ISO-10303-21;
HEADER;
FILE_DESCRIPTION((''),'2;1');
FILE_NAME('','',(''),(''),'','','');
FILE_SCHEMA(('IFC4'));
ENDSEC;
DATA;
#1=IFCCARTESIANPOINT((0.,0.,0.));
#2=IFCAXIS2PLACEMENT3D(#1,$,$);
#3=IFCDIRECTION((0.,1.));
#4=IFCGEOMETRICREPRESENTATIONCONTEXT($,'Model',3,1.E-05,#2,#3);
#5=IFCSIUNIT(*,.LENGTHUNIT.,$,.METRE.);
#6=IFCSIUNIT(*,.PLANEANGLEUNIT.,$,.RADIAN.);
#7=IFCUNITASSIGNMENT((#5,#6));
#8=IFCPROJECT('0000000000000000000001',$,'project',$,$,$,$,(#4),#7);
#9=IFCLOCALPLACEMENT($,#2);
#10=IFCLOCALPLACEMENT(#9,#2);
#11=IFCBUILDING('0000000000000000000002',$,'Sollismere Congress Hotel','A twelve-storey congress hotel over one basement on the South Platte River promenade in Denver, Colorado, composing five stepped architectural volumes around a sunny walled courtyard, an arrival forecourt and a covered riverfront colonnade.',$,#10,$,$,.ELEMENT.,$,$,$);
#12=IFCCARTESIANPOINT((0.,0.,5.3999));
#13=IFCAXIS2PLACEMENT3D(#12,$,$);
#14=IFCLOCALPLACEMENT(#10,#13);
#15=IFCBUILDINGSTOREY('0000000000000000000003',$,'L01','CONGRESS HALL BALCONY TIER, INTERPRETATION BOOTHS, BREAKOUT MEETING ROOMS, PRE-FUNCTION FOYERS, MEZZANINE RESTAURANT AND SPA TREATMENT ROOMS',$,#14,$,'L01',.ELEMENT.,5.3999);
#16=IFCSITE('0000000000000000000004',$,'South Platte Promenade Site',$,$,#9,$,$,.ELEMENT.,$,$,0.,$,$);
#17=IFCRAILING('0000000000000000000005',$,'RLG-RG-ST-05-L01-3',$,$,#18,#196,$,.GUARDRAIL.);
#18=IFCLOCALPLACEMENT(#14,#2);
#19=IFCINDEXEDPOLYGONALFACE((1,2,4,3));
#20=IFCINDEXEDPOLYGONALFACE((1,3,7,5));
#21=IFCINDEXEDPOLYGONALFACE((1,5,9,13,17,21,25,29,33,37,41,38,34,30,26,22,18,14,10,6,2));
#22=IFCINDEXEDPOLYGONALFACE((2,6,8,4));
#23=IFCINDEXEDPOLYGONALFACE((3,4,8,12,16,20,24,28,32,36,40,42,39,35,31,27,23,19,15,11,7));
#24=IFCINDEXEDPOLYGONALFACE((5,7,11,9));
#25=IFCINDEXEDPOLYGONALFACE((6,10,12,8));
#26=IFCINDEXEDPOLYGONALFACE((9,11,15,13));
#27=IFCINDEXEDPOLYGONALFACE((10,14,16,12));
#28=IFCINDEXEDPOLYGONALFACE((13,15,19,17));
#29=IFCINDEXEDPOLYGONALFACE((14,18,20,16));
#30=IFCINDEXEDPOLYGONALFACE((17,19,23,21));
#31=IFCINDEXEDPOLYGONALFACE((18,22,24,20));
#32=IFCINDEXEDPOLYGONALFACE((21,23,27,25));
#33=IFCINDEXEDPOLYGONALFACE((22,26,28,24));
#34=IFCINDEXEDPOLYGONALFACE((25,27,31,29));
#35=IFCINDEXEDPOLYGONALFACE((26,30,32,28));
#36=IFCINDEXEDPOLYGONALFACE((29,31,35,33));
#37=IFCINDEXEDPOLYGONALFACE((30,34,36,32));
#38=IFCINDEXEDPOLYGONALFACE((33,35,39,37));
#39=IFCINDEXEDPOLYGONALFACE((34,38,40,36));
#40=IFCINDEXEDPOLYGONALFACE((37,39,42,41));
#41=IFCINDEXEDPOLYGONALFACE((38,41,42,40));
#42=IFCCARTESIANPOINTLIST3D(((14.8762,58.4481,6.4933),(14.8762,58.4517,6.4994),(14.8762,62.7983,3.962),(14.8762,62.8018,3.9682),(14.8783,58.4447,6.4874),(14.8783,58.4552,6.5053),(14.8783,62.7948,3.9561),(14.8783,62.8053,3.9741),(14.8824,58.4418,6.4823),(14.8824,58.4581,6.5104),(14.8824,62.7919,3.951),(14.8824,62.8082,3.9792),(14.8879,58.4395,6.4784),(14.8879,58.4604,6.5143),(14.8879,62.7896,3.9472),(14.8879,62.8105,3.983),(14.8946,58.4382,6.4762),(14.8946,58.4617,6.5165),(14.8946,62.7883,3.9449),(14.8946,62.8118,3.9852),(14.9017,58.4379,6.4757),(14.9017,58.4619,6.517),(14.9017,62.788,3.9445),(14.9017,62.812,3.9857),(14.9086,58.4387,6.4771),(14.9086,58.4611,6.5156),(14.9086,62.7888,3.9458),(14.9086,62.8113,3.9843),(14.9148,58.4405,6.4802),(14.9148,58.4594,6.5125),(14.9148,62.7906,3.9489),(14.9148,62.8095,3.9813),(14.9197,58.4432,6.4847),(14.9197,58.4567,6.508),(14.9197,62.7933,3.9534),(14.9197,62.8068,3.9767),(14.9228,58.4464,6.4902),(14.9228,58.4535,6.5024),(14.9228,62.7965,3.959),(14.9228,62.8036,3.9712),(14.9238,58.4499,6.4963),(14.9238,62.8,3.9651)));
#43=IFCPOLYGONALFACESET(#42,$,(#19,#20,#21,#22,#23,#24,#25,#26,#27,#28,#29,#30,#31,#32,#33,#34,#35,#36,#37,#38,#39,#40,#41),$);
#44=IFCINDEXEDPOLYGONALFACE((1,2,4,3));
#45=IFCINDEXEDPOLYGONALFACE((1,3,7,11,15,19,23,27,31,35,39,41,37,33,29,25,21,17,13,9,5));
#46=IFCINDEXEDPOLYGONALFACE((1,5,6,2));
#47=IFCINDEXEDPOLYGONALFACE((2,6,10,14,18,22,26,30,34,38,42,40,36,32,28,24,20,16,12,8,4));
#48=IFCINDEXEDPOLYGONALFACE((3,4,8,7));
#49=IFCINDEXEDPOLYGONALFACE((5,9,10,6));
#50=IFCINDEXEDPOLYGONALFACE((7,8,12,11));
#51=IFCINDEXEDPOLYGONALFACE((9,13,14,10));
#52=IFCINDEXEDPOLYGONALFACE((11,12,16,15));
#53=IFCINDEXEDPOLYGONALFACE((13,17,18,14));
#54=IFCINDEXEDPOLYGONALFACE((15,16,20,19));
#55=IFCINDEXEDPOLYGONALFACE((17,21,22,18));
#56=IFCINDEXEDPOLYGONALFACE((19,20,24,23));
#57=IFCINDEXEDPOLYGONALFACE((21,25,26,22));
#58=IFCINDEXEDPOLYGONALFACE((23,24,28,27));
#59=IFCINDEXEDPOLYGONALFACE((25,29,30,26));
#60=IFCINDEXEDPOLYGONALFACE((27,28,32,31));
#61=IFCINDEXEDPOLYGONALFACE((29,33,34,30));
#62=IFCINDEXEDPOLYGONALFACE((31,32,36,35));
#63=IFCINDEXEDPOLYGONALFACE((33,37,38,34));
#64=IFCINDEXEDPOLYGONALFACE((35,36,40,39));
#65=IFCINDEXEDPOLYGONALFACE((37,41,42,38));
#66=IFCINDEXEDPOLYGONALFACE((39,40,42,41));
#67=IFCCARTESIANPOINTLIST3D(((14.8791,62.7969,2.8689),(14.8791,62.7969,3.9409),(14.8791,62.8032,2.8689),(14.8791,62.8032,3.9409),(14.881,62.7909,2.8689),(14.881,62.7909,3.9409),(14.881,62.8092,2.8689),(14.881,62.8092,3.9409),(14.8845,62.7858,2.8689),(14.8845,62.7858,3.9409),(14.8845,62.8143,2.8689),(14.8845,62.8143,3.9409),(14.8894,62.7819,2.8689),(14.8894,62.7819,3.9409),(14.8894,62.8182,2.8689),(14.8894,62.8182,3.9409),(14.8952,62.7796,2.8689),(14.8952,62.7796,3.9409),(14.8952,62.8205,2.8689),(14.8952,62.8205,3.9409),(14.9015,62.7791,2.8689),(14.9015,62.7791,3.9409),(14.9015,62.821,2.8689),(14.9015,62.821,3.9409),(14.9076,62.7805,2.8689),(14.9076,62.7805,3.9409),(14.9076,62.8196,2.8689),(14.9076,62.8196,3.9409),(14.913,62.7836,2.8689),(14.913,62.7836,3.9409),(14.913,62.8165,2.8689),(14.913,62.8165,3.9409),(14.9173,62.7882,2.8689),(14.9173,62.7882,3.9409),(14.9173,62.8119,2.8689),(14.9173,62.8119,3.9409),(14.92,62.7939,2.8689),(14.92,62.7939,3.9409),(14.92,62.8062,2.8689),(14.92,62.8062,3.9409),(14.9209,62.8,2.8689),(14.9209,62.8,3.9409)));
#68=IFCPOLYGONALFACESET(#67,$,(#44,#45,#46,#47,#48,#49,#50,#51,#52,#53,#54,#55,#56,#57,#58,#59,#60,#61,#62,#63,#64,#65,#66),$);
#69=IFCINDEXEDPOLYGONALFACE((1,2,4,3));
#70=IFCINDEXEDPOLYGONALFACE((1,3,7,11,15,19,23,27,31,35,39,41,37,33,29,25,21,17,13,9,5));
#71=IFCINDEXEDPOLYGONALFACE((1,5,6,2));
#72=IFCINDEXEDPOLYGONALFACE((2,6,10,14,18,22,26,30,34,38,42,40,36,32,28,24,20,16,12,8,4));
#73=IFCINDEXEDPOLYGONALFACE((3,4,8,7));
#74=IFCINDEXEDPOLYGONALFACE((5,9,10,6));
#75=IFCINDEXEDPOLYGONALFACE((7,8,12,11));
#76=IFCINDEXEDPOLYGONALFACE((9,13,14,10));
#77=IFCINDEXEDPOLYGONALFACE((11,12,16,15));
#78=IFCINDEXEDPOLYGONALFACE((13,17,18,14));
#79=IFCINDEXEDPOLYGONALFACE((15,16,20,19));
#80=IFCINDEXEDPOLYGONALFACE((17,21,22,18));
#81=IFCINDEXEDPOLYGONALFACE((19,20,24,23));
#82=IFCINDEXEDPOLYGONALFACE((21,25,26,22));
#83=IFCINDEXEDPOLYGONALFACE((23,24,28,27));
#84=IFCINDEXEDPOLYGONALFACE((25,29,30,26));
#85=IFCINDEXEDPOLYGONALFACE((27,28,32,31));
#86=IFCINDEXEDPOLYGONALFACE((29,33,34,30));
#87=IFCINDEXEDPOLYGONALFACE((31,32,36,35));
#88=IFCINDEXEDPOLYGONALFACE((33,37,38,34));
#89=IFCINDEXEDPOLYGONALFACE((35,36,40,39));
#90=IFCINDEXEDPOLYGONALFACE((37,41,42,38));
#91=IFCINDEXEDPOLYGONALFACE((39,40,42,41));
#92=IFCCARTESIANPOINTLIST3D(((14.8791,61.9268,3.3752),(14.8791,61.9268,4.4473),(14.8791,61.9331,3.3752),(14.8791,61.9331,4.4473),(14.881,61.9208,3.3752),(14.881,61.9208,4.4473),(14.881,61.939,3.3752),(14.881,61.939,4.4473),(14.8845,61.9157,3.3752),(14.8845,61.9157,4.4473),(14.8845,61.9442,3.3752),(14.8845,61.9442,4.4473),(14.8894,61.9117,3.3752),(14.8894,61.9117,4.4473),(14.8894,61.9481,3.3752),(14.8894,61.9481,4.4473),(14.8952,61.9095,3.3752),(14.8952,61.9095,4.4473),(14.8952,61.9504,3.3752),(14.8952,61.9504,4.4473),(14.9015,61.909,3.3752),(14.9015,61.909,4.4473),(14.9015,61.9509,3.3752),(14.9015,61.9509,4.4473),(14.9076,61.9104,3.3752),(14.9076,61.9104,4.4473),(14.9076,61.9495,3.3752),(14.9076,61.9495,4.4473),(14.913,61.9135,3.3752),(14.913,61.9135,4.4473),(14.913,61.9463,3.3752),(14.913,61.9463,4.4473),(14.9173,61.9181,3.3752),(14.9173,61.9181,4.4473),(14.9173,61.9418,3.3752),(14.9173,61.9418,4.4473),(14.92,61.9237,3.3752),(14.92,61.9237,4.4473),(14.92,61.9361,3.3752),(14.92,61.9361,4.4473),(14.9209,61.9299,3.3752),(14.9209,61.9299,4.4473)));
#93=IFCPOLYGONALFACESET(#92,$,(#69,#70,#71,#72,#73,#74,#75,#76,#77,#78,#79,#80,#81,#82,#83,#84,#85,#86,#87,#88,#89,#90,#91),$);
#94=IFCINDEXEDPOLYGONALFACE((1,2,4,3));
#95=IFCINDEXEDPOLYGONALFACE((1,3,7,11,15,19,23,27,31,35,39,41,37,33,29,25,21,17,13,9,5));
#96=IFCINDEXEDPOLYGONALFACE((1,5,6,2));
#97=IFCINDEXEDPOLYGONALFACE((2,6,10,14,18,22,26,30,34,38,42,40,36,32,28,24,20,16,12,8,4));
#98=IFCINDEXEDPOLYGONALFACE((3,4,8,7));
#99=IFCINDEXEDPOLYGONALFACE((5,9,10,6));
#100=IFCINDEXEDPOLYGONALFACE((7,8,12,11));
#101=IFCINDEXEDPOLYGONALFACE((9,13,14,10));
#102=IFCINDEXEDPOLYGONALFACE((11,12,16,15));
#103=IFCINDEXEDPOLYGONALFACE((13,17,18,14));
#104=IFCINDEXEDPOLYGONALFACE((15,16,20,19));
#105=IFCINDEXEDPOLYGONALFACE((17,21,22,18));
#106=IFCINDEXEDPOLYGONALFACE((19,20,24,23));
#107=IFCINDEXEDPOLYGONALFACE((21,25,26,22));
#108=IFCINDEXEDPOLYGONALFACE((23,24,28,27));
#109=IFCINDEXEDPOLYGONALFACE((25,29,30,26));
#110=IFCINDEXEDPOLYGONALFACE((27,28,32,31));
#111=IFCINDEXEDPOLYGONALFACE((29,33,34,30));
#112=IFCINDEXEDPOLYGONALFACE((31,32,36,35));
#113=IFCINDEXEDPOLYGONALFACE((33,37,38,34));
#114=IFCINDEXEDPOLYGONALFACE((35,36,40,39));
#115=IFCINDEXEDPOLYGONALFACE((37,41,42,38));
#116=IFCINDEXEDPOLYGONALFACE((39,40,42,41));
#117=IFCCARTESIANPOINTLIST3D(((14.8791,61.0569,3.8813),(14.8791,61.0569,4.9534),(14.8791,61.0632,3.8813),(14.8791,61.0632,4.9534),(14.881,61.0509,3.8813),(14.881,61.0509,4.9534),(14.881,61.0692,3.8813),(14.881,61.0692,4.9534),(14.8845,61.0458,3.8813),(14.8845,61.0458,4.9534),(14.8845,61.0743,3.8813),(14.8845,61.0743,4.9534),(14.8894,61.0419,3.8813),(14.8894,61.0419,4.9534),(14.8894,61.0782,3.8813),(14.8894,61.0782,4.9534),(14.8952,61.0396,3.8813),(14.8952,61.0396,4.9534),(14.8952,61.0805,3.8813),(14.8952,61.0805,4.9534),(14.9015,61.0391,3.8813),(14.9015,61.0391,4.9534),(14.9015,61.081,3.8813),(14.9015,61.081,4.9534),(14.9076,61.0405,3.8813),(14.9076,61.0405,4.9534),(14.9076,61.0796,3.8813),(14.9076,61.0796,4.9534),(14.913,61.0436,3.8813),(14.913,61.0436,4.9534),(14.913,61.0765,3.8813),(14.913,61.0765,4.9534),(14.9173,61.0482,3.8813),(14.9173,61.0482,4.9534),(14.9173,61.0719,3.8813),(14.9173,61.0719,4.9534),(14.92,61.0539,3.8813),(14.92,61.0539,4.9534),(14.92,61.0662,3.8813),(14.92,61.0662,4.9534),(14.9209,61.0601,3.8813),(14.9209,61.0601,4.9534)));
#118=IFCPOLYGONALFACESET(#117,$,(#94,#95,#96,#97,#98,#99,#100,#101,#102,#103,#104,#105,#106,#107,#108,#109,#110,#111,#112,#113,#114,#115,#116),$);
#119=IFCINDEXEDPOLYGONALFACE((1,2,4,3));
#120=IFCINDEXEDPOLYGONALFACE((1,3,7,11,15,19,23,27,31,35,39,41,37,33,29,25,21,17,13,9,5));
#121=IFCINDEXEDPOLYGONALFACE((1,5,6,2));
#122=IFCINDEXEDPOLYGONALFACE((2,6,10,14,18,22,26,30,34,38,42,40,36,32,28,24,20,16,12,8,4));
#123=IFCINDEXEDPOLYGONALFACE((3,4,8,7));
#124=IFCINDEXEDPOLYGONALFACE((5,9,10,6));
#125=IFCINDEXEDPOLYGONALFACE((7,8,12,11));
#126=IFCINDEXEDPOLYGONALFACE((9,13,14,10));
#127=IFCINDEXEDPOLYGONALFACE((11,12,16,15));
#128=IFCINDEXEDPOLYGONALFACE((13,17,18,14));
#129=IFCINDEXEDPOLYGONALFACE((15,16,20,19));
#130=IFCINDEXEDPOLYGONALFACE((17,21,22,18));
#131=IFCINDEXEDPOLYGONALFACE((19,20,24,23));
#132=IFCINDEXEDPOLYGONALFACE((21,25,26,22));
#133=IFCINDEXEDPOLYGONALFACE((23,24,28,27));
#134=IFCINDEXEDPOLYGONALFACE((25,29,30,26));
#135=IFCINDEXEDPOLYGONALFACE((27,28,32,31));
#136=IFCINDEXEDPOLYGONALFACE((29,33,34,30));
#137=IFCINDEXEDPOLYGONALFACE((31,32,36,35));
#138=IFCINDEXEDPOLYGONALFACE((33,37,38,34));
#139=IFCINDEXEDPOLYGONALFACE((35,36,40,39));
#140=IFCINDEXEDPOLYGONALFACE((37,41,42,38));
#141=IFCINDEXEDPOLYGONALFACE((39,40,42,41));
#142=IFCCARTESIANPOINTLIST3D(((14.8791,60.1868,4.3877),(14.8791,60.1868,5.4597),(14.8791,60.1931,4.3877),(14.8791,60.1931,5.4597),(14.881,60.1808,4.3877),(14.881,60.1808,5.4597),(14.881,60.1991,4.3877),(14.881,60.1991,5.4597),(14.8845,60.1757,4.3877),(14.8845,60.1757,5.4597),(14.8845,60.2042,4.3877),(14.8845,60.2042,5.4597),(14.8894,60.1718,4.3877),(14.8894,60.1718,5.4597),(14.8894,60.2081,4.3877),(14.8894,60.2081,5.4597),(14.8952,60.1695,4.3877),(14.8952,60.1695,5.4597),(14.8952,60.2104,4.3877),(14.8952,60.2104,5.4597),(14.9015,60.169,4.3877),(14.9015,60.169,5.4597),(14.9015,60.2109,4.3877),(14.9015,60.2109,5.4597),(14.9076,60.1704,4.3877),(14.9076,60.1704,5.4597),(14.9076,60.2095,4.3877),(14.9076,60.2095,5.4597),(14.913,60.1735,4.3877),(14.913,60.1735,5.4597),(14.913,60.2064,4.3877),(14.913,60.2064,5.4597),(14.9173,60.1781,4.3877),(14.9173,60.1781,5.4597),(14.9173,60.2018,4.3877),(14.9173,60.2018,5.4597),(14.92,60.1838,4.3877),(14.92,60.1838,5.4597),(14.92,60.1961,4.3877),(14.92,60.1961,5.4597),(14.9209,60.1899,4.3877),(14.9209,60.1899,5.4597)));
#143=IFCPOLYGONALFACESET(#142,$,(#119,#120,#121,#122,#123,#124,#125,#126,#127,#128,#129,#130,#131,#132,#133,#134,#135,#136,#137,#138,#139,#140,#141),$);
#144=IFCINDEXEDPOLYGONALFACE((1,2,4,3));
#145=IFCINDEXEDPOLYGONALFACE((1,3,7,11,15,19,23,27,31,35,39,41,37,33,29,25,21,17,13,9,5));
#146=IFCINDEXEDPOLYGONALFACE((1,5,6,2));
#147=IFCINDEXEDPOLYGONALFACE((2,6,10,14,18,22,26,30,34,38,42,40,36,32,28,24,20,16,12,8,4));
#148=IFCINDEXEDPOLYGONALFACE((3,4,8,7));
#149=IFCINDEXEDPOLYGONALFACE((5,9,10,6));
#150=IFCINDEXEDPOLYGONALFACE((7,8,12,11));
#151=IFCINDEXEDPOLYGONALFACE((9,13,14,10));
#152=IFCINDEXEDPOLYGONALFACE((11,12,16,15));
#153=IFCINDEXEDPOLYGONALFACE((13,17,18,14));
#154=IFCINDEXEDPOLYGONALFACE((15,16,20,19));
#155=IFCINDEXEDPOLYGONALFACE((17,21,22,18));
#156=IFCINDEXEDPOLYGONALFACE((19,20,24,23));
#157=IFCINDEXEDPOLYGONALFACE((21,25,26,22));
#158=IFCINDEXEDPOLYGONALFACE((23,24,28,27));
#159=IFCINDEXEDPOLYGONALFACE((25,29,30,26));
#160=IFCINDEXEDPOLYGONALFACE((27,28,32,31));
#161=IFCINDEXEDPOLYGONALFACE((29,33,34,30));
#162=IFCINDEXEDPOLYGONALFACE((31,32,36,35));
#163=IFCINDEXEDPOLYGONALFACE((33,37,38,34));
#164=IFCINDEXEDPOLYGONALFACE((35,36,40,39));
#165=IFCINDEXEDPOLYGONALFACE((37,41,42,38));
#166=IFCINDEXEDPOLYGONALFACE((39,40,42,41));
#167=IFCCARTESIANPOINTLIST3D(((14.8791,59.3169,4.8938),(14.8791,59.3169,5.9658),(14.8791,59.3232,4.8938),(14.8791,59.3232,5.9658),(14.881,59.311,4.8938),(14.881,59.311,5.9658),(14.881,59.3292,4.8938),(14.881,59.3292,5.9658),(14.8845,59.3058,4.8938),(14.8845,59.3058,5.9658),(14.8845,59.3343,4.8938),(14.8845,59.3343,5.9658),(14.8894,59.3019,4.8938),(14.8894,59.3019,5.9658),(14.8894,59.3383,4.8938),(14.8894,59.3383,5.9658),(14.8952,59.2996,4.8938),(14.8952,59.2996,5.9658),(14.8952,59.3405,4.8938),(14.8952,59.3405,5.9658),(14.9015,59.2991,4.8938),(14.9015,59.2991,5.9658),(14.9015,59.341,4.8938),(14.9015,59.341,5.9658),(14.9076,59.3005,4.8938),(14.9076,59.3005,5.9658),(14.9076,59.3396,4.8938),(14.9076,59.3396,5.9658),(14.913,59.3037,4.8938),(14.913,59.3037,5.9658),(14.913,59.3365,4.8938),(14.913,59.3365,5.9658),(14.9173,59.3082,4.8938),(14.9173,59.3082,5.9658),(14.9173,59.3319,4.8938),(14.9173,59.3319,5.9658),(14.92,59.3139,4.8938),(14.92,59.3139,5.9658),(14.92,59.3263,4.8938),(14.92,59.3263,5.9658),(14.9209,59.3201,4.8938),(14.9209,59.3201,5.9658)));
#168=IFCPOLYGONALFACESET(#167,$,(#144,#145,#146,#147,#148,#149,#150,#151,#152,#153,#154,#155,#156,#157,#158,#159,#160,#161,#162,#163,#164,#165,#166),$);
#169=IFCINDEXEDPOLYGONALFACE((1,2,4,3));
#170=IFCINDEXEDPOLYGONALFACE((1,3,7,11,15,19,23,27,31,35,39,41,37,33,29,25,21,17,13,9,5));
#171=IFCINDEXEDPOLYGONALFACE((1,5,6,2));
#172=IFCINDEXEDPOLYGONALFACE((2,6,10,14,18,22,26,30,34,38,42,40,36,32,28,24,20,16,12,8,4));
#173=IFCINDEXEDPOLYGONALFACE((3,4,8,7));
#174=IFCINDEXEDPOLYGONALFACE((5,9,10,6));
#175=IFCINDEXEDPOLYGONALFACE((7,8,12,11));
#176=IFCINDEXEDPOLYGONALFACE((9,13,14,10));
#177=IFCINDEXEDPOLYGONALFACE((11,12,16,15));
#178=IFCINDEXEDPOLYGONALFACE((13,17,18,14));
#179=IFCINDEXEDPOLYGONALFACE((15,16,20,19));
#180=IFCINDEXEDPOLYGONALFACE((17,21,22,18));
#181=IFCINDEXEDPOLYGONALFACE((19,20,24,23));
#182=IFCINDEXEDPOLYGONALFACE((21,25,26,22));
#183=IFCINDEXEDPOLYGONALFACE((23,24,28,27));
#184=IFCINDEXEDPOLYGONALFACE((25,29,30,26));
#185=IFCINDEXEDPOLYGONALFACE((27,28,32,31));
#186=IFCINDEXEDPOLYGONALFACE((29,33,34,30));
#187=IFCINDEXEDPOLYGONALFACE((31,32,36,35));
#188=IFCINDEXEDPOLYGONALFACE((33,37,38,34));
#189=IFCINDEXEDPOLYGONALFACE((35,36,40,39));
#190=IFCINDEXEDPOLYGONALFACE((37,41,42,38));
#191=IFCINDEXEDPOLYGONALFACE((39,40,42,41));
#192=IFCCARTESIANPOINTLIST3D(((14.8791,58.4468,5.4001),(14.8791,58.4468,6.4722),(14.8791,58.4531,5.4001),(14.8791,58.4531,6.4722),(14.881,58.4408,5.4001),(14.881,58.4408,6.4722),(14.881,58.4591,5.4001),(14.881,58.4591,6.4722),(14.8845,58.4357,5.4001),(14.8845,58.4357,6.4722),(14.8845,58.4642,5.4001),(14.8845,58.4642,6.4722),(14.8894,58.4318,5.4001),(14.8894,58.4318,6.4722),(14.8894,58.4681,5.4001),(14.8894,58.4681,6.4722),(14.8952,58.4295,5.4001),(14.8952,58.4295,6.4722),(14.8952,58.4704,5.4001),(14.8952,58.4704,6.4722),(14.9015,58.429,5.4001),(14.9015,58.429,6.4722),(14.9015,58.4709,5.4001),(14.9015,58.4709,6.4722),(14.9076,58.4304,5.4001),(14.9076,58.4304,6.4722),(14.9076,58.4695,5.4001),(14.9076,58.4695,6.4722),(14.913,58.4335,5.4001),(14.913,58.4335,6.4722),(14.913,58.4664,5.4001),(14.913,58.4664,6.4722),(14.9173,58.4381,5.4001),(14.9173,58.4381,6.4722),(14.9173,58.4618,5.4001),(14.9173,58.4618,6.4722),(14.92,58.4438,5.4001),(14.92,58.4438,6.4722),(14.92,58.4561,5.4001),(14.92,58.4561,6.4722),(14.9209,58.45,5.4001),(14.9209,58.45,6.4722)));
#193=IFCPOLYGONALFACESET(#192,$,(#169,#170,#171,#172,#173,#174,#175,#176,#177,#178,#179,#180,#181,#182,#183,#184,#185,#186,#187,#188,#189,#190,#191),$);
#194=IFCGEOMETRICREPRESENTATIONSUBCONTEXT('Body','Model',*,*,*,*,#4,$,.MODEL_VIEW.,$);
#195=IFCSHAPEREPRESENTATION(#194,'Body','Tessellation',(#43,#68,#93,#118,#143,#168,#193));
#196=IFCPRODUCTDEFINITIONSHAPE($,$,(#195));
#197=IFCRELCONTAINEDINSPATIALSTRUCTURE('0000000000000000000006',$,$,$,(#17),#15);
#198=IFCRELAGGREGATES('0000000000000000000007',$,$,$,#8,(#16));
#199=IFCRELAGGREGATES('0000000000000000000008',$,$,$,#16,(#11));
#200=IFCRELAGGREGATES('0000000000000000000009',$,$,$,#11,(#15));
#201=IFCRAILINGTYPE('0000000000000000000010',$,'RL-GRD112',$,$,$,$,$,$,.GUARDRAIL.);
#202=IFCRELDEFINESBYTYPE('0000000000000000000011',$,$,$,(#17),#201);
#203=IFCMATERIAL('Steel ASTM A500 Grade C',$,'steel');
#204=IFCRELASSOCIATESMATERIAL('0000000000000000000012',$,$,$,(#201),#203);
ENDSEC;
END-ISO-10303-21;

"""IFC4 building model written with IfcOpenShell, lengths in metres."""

from ifc_helpers import new_model, si_unit, direction, frame, origin, origin_2d, place, context, subcontext, project, spatial, circle, extrude, material, type_object, element, save


model = new_model("IFC4")

# Units and contexts
model_context = context("Model", 3, precision=1e-05, world=origin(), true_north=direction((0.0, 1.0)))
body_context = subcontext(model_context, "Body", "Model", "MODEL_VIEW")
ifc_project = project(units=[si_unit("LENGTHUNIT", "METRE"), si_unit("PLANEANGLEUNIT", "RADIAN")], contexts=[model_context])

# Site, building, storey
site_placement = place(None, origin())
site = spatial("IfcSite", under=ifc_project, at=site_placement, Name="South Platte Promenade Site", CompositionType="ELEMENT", RefElevation=0.0)
building_placement = place(site_placement, origin())
building = spatial("IfcBuilding", under=site, at=building_placement, Name="Sollismere Congress Hotel", Description="A twelve-storey congress hotel over one basement on the South Platte River promenade in Denver, Colorado, composing five stepped architectural volumes around a sunny walled courtyard, an arrival forecourt and a covered riverfront colonnade.", CompositionType="ELEMENT")
storey_placement = place(building_placement, frame((0.0, 0.0, 5.3999)))
storey = spatial("IfcBuildingStorey", under=building, at=storey_placement, Name="L01", Description="CONGRESS HALL BALCONY TIER, INTERPRETATION BOOTHS, BREAKOUT MEETING ROOMS, PRE-FUNCTION FOYERS, MEZZANINE RESTAURANT AND SPA TREATMENT ROOMS", LongName="L01", CompositionType="ELEMENT", Elevation=5.3999)

# Railing
ifc_material_1 = material(Name="Steel ASTM A500 Grade C", Category="steel")
railing_type_1 = type_object("IfcRailingType", Name="RL-GRD112", PredefinedType="GUARDRAIL", material=ifc_material_1)
railing_1_placement = place(storey_placement, frame((14.8999, 62.8, 2.8689)))
element("IfcRailing", 1, at=railing_1_placement, inside=storey, type_object=railing_type_1, Name="RLG-RG-ST-05-L01-3", PredefinedType="GUARDRAIL", context=body_context, shape_type="SweptSolid", body=[
    extrude(circle(Radius=0.0239, at=origin_2d()), frame((0.0, 0.0, 1.0962), z_axis=(0.0, -0.864324, 0.502936), x_axis=(1.0, 0.0, 0.0)), (0.0, 0.0, 1.0), 5.033),
    extrude(circle(Radius=0.021, at=origin_2d()), origin(), (0.0, 0.0, 1.0), 1.072),
    extrude(circle(Radius=0.021, at=origin_2d()), frame((0.0, -0.8701, 0.5063)), (0.0, 0.0, 1.0), 1.072),
    extrude(circle(Radius=0.021, at=origin_2d()), frame((0.0, -1.74, 1.0125)), (0.0, 0.0, 1.0), 1.072),
    extrude(circle(Radius=0.021, at=origin_2d()), frame((0.0, -2.6101, 1.5188)), (0.0, 0.0, 1.0), 1.072),
    extrude(circle(Radius=0.021, at=origin_2d()), frame((0.0, -3.48, 2.0249)), (0.0, 0.0, 1.0), 1.072),
    extrude(circle(Radius=0.021, at=origin_2d()), frame((0.0, -4.3501, 2.5312)), (0.0, 0.0, 1.0), 1.072),
])

save(model, "model.ifc")
